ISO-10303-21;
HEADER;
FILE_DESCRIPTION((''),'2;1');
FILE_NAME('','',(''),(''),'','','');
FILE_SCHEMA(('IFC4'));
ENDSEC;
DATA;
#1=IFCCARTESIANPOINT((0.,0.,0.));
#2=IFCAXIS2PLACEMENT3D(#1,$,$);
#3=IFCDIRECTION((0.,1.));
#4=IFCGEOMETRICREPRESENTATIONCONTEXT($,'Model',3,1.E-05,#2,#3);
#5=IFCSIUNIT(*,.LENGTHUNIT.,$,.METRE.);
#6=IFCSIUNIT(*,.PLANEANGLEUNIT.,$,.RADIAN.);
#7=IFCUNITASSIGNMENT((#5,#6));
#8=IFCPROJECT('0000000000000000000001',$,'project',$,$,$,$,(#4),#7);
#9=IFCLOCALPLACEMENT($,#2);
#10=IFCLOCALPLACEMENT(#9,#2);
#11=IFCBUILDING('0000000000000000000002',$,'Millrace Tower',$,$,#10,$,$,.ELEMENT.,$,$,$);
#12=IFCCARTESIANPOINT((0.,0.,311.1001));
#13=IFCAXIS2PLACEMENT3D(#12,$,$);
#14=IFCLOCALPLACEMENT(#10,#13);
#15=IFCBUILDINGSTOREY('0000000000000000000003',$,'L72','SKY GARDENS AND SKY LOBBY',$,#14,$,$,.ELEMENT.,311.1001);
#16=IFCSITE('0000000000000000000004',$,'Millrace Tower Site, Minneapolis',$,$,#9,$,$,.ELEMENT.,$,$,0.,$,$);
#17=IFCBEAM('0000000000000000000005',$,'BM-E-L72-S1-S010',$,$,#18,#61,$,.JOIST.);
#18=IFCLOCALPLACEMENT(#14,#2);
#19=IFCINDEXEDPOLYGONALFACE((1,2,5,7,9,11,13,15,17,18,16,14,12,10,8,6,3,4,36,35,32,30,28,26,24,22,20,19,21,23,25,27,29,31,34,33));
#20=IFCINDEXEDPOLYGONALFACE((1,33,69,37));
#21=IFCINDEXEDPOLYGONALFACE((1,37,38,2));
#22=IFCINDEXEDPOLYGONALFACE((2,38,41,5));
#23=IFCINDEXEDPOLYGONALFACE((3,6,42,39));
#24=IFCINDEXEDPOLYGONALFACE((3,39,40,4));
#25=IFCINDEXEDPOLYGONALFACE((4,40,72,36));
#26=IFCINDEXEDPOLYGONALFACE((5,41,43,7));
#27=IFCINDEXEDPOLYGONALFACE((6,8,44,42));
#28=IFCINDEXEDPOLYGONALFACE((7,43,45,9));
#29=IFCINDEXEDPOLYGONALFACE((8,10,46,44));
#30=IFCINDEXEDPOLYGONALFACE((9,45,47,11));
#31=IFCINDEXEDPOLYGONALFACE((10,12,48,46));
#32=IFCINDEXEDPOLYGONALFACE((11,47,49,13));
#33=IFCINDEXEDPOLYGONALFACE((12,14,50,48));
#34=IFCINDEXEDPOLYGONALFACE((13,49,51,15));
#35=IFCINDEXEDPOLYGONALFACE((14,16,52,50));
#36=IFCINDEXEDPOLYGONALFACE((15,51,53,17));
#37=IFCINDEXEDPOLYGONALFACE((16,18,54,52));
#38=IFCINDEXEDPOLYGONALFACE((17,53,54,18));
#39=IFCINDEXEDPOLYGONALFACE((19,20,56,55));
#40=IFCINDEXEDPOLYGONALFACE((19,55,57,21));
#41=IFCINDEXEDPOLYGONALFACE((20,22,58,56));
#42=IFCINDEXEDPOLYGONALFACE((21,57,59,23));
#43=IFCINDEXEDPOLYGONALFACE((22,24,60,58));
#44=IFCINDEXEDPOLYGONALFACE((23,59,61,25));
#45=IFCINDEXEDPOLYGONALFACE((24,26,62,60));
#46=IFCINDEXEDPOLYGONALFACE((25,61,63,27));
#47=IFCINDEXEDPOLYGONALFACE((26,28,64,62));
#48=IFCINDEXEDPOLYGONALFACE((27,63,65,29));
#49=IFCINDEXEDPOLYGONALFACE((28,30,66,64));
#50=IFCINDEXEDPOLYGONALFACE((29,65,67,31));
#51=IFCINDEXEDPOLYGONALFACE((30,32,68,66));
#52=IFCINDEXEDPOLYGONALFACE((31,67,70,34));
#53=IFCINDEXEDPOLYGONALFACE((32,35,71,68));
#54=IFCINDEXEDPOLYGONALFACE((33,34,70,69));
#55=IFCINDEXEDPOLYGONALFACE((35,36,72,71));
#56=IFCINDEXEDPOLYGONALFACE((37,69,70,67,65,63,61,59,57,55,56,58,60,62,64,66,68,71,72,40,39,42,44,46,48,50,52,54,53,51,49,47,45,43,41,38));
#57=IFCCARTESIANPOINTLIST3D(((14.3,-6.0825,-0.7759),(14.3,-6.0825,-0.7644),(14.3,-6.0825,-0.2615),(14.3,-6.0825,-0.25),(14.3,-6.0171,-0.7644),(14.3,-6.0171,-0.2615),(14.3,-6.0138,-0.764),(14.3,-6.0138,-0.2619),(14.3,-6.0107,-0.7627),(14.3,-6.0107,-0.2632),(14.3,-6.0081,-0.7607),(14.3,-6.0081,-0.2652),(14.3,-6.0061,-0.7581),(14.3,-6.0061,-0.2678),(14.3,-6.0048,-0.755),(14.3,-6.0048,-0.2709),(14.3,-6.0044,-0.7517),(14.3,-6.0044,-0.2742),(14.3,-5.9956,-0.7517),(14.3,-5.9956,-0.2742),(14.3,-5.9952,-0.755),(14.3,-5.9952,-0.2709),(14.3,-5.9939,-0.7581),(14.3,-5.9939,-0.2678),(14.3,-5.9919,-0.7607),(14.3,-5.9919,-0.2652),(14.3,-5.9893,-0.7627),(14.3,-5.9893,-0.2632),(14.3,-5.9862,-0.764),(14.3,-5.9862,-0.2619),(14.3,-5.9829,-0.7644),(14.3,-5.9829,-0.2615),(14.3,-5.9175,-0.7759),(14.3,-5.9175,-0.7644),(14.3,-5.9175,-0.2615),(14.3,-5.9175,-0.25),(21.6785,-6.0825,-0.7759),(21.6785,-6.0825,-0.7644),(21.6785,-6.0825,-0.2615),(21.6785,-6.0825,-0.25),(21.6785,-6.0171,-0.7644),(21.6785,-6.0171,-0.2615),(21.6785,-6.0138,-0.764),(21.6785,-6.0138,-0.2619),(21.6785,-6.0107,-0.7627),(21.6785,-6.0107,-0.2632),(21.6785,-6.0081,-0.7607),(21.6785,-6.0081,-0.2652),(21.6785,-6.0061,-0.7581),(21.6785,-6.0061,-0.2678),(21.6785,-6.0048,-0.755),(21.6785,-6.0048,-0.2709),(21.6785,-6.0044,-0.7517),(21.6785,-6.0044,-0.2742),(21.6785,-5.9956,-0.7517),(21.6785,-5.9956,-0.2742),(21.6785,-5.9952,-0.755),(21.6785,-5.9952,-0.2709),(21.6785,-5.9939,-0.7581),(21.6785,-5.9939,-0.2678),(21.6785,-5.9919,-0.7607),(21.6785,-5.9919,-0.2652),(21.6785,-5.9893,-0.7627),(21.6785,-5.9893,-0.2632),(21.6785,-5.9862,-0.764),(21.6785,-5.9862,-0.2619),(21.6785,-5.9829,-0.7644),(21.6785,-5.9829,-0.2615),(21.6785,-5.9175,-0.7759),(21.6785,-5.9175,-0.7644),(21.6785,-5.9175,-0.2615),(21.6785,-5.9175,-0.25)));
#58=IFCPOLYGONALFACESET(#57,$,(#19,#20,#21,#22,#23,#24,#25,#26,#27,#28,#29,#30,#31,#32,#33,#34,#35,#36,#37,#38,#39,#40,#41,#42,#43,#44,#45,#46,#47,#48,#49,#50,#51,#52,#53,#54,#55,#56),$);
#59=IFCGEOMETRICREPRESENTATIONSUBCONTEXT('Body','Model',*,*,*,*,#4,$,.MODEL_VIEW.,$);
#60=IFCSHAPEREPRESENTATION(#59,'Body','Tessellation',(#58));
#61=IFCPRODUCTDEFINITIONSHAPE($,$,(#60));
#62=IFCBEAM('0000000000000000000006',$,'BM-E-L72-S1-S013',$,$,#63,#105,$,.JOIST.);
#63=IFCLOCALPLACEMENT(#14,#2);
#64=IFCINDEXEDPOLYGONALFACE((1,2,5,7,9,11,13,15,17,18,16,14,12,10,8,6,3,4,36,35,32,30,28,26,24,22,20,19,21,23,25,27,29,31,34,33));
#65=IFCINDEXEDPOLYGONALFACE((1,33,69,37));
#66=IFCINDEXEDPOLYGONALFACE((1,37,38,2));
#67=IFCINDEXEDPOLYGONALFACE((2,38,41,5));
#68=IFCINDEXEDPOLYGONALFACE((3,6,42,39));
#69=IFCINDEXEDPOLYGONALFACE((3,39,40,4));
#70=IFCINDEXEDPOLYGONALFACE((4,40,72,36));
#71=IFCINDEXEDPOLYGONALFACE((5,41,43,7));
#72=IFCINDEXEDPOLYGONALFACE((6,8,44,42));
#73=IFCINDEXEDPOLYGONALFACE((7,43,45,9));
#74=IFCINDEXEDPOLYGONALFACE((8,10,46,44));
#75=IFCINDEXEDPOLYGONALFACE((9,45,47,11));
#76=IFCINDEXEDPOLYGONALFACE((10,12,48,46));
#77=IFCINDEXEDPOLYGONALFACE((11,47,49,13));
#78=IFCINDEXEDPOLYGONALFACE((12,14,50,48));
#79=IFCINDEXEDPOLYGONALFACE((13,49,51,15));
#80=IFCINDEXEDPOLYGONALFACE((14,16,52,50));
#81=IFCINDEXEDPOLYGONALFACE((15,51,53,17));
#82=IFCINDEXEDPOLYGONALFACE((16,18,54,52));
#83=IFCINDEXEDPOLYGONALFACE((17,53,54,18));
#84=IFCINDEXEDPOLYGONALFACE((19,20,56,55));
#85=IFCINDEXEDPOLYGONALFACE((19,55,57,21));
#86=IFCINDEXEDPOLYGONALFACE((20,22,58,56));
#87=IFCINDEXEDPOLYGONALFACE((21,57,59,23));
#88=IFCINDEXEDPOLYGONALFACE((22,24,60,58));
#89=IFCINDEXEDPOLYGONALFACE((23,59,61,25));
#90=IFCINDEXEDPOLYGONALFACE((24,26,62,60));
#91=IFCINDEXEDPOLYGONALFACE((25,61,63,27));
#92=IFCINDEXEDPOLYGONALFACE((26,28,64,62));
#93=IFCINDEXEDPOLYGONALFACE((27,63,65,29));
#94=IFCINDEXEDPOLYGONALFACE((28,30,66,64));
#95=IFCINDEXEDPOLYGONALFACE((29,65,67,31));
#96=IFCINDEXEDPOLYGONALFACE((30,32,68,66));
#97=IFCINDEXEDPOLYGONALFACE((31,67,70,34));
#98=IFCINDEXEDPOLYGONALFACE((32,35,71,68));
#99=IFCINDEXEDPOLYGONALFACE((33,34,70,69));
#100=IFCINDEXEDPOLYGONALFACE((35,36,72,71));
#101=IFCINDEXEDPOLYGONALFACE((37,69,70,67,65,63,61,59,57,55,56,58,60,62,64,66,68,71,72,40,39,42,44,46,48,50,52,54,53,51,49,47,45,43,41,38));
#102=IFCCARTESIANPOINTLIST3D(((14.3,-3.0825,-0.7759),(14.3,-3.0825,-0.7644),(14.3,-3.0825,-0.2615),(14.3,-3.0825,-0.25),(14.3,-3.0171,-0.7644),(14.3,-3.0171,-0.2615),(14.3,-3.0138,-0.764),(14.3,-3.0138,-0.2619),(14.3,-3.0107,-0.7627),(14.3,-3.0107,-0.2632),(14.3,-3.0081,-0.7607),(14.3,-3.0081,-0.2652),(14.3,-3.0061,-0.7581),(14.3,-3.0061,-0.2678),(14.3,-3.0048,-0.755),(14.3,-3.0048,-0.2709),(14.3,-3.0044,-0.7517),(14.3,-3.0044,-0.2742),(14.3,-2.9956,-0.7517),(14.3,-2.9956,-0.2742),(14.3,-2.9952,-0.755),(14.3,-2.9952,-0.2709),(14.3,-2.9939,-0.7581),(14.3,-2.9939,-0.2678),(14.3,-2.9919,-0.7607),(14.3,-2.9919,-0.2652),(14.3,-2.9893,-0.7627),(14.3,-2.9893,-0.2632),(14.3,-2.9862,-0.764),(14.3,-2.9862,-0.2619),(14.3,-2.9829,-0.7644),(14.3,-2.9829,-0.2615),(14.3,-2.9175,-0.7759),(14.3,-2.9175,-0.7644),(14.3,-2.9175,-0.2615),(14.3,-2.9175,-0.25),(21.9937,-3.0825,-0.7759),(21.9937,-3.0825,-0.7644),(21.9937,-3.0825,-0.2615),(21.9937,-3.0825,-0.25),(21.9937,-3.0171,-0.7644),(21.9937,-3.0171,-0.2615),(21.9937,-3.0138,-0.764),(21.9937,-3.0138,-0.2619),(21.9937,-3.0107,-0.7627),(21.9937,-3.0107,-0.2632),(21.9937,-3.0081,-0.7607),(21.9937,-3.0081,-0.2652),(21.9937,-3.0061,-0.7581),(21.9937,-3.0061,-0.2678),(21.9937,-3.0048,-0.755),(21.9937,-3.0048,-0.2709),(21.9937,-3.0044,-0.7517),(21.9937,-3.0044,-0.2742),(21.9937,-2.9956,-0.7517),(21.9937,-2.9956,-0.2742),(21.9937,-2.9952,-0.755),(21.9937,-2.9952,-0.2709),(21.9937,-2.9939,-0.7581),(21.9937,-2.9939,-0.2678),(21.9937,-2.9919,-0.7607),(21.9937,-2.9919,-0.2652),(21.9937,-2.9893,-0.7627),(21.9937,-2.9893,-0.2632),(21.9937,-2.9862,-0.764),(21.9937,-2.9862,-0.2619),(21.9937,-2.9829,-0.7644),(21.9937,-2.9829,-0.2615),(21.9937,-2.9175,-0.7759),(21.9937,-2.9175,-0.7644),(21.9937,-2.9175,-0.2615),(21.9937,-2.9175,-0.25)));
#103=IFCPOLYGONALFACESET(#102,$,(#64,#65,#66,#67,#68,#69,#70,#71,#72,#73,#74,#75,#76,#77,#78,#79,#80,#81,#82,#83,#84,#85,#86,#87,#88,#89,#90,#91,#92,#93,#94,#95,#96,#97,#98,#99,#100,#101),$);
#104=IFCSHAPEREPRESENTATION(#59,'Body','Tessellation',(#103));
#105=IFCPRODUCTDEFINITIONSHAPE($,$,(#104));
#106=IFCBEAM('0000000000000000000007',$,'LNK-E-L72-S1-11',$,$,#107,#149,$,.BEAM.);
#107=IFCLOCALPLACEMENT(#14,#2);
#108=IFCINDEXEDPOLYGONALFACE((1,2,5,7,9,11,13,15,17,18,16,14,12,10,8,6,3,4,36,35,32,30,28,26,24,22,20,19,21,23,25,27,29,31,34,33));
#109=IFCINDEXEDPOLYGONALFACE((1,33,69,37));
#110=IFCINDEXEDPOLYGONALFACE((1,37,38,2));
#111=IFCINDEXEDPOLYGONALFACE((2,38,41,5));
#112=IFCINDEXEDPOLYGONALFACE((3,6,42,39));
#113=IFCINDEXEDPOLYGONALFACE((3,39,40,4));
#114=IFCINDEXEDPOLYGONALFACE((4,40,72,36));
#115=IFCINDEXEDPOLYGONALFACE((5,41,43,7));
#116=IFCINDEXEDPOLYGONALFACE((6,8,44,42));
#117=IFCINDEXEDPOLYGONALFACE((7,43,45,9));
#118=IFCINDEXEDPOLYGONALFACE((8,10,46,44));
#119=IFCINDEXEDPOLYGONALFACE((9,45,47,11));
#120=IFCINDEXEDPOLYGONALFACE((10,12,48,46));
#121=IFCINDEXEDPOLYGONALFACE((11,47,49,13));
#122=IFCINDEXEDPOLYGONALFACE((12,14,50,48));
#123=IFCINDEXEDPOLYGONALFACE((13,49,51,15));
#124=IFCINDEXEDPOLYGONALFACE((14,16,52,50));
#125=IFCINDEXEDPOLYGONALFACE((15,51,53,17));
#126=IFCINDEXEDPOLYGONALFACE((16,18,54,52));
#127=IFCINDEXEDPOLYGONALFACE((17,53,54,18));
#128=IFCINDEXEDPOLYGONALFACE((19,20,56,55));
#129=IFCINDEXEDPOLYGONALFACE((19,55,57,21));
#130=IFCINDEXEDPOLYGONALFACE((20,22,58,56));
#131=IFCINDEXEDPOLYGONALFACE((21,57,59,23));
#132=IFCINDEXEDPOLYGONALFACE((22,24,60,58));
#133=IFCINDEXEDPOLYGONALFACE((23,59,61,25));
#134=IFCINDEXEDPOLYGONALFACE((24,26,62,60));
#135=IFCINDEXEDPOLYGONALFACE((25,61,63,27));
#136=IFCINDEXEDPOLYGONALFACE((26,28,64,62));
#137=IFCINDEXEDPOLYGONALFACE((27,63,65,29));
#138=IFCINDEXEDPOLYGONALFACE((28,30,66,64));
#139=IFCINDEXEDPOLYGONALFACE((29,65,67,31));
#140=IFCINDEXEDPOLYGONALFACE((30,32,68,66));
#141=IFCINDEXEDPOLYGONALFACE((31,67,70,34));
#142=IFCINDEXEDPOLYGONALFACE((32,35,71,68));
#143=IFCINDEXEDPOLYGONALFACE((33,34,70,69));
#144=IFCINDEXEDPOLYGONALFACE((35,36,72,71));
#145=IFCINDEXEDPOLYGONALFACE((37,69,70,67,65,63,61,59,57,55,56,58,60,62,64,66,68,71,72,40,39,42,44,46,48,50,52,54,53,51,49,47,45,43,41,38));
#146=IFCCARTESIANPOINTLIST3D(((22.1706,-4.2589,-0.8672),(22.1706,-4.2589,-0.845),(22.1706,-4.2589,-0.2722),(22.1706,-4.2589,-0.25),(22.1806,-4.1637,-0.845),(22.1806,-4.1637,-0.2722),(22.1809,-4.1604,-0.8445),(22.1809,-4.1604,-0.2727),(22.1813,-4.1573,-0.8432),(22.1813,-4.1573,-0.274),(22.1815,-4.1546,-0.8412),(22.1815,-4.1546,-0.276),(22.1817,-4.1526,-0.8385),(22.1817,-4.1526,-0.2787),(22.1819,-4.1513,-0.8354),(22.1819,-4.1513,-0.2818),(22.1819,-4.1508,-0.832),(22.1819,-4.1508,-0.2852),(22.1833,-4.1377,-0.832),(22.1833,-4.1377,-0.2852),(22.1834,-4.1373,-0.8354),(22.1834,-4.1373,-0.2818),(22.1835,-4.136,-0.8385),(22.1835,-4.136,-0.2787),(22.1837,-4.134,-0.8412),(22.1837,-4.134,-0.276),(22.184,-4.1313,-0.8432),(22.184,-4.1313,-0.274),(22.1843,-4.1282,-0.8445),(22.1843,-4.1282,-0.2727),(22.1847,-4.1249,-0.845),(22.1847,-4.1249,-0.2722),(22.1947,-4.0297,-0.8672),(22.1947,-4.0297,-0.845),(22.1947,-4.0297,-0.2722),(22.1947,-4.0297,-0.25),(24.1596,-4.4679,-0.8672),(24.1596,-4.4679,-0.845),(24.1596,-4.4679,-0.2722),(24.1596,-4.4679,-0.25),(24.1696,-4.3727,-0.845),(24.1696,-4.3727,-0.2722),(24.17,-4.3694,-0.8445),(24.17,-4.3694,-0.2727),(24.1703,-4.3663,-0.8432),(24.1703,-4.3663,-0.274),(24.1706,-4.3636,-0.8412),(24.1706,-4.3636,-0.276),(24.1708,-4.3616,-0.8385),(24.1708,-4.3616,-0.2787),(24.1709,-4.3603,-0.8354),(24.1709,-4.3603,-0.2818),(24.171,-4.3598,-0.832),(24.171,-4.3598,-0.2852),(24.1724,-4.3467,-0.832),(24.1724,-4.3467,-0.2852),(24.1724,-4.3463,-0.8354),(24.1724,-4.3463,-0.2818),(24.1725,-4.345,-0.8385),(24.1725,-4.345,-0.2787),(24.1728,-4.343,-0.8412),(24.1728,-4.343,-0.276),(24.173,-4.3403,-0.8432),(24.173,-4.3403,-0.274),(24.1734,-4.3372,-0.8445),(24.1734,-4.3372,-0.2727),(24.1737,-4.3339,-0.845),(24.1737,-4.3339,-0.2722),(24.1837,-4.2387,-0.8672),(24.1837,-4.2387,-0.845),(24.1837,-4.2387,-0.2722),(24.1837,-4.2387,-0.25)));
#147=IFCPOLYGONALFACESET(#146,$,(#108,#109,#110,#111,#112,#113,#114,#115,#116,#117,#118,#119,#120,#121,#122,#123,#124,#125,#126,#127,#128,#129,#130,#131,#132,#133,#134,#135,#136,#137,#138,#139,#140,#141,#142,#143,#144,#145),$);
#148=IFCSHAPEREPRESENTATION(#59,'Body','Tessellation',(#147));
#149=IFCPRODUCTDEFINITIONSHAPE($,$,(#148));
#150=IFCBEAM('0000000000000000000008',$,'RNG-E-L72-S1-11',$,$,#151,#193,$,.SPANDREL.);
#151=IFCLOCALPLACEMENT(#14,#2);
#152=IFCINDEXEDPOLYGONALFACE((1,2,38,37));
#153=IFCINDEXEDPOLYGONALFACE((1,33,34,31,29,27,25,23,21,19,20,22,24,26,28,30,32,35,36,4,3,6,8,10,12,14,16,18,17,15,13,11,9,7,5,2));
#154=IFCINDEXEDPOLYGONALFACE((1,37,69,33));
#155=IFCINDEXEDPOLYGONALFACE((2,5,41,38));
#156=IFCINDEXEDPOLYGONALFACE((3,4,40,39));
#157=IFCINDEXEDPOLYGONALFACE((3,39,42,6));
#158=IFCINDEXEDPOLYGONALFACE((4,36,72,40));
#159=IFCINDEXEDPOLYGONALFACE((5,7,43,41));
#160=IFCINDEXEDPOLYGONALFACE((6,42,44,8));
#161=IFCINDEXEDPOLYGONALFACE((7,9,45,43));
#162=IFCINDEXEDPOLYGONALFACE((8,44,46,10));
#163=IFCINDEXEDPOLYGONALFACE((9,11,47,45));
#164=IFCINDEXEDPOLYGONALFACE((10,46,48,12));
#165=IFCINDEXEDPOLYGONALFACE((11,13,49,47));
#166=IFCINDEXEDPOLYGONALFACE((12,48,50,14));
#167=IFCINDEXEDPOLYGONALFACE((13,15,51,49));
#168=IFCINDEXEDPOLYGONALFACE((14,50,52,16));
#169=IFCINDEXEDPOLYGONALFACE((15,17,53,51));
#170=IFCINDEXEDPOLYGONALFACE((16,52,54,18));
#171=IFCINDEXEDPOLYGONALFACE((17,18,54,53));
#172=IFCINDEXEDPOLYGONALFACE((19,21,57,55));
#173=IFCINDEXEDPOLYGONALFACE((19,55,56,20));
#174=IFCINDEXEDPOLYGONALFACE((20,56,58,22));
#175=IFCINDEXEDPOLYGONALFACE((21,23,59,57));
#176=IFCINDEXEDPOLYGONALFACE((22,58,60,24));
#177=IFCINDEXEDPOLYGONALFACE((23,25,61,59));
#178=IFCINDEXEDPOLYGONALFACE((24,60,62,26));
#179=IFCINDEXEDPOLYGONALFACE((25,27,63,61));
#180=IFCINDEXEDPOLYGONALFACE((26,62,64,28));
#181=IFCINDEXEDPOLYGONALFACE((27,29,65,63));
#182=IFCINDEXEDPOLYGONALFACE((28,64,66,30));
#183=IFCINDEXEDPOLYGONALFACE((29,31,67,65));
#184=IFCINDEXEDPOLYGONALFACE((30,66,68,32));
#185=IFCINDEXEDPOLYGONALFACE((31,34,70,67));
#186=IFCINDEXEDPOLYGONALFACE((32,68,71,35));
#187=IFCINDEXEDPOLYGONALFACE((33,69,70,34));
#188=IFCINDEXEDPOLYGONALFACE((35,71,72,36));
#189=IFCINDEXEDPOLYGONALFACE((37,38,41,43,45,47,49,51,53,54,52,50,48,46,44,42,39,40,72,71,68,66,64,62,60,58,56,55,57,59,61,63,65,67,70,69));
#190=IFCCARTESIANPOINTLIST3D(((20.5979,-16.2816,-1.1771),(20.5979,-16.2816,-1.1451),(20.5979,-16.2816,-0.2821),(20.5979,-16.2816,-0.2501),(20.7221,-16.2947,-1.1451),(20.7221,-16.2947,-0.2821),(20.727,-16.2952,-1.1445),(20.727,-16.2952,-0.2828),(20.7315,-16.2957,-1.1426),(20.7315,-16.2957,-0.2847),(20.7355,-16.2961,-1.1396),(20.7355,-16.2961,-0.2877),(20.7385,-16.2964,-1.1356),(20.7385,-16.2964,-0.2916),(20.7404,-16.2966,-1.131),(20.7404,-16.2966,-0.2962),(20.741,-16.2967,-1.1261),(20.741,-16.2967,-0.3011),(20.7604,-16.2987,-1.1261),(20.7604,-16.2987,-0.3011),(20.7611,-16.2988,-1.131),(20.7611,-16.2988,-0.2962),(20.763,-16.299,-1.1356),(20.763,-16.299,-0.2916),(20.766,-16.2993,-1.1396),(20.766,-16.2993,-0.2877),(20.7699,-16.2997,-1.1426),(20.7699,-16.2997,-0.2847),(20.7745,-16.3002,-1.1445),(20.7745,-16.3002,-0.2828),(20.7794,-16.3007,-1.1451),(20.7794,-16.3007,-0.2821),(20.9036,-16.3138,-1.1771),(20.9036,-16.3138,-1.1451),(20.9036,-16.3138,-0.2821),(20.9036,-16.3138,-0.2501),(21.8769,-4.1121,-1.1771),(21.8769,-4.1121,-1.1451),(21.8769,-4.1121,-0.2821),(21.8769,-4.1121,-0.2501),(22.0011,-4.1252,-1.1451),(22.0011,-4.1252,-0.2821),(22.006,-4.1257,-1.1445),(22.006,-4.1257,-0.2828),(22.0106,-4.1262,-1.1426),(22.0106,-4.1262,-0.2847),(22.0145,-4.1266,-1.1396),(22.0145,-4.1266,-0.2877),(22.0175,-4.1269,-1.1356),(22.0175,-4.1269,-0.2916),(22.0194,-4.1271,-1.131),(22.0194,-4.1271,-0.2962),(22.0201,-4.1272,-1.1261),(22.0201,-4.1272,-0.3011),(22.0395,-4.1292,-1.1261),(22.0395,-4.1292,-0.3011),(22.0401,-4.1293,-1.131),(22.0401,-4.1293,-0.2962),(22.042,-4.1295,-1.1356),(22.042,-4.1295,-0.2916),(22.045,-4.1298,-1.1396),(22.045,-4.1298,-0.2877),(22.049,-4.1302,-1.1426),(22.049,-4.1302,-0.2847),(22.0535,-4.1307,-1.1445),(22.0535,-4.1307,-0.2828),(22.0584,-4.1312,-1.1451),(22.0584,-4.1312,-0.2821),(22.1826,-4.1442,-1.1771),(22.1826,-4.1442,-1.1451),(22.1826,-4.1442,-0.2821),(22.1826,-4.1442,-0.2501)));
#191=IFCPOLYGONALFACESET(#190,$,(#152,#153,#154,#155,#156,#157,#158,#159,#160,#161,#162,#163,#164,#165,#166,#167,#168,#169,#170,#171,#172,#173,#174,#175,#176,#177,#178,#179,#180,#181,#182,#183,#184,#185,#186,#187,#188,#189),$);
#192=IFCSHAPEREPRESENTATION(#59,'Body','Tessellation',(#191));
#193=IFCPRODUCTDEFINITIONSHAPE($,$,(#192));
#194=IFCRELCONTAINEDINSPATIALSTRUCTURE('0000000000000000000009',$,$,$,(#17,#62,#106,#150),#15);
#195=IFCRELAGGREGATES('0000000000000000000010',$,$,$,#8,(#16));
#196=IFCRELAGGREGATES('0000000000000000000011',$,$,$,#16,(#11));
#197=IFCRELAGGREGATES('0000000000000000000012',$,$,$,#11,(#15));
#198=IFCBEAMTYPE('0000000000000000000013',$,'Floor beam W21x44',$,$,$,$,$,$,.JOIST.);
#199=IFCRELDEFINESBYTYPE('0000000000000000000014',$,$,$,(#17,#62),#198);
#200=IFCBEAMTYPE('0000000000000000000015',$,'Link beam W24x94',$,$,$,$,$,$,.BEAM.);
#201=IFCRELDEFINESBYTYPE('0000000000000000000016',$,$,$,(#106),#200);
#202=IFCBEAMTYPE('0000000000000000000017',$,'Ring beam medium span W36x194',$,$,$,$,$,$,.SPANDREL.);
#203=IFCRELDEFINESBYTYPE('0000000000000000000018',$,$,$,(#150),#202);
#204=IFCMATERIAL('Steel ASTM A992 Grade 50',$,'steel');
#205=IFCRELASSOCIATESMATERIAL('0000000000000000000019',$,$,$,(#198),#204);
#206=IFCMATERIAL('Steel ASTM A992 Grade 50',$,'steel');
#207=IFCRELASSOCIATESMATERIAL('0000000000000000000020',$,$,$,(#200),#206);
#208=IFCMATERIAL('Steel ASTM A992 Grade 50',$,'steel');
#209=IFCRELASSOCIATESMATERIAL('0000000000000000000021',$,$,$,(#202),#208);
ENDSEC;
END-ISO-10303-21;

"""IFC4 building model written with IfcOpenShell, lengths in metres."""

from ifc_helpers import new_model, si_unit, direction, frame, origin, origin_2d, place, context, subcontext, project, spatial, i_section, extrude, material, material_profile, profile_set, type_object, element, save


model = new_model("IFC4")

# Units and contexts
model_context = context("Model", 3, precision=1e-05, world=origin(), true_north=direction((0.0, 1.0)))
body_context = subcontext(model_context, "Body", "Model", "MODEL_VIEW")
ifc_project = project(units=[si_unit("LENGTHUNIT", "METRE"), si_unit("PLANEANGLEUNIT", "RADIAN")], contexts=[model_context])

# Site, building, storey
site_placement = place(None, origin())
site = spatial("IfcSite", under=ifc_project, at=site_placement, Name="Millrace Tower Site, Minneapolis", CompositionType="ELEMENT", RefElevation=0.0)
building_placement = place(site_placement, origin())
building = spatial("IfcBuilding", under=site, at=building_placement, Name="Millrace Tower", CompositionType="ELEMENT")
storey_placement = place(building_placement, frame((0.0, 0.0, 311.1001)))
storey = spatial("IfcBuildingStorey", under=building, at=storey_placement, Name="L72", Description="SKY GARDENS AND SKY LOBBY", CompositionType="ELEMENT", Elevation=311.1001)

# Beams
ifc_material_1 = material(Name="Steel ASTM A992 Grade 50", Category="steel")
ifc_material_profile_1 = material_profile(ifc_material_1, i_section(OverallWidth=0.165, OverallDepth=0.5259, WebThickness=0.0088, FlangeThickness=0.0115, FilletRadius=0.0127, at=origin_2d()))
ifc_profile_set_1 = profile_set([ifc_material_profile_1], Name="Steel ASTM A992 Grade 50")
beam_type_1 = type_object("IfcBeamType", Name="Floor beam W21x44", PredefinedType="JOIST", material=ifc_profile_set_1)
beam_1_placement = place(storey_placement, frame((14.3, -6.0, -0.5129), z_axis=(1.0, 0.0, 0.0), x_axis=(0.0, 1.0, 0.0)))
element("IfcBeam", 1, at=beam_1_placement, inside=storey, type_object=beam_type_1, Name="BM-E-L72-S1-S010", PredefinedType="JOIST", context=body_context, shape_type="SweptSolid", body=[
    extrude(i_section(OverallWidth=0.165, OverallDepth=0.5259, WebThickness=0.0088, FlangeThickness=0.0115, FilletRadius=0.0127, at=origin_2d()), origin(), (0.0, 0.0, 1.0), 7.3784),
])
beam_2_placement = place(storey_placement, frame((14.3, -3.0, -0.5129), z_axis=(1.0, 0.0, 0.0), x_axis=(0.0, 1.0, 0.0)))
element("IfcBeam", 2, at=beam_2_placement, inside=storey, type_object=beam_type_1, Name="BM-E-L72-S1-S013", PredefinedType="JOIST", context=body_context, shape_type="SweptSolid", body=[
    extrude(i_section(OverallWidth=0.165, OverallDepth=0.5259, WebThickness=0.0088, FlangeThickness=0.0115, FilletRadius=0.0127, at=origin_2d()), origin(), (0.0, 0.0, 1.0), 7.6936),
])
ifc_material_2 = material(Name="Steel ASTM A992 Grade 50", Category="steel")
ifc_material_profile_2 = material_profile(ifc_material_2, i_section(OverallWidth=0.2305, OverallDepth=0.6172, WebThickness=0.0132, FlangeThickness=0.0222, FilletRadius=0.0129, at=origin_2d()))
ifc_profile_set_2 = profile_set([ifc_material_profile_2], Name="Steel ASTM A992 Grade 50")
beam_type_2 = type_object("IfcBeamType", Name="Link beam W24x94", PredefinedType="BEAM", material=ifc_profile_set_2)
beam_3_placement = place(storey_placement, frame((22.1826, -4.1443, -0.5586), z_axis=(0.994526, -0.104494, 0.0), x_axis=(0.104494, 0.994526, 0.0)))
element("IfcBeam", 3, at=beam_3_placement, inside=storey, type_object=beam_type_2, Name="LNK-E-L72-S1-11", PredefinedType="BEAM", context=body_context, shape_type="SweptSolid", body=[
    extrude(i_section(OverallWidth=0.2305, OverallDepth=0.6172, WebThickness=0.0132, FlangeThickness=0.0222, FilletRadius=0.0129, at=origin_2d()), origin(), (0.0, 0.0, 1.0), 2.0),
])
ifc_material_3 = material(Name="Steel ASTM A992 Grade 50", Category="steel")
ifc_material_profile_3 = material_profile(ifc_material_3, i_section(OverallWidth=0.3074, OverallDepth=0.927, WebThickness=0.0195, FlangeThickness=0.032, FilletRadius=0.019, at=origin_2d()))
ifc_profile_set_3 = profile_set([ifc_material_profile_3], Name="Steel ASTM A992 Grade 50")
beam_type_3 = type_object("IfcBeamType", Name="Ring beam medium span W36x194", PredefinedType="SPANDREL", material=ifc_profile_set_3)
beam_4_placement = place(storey_placement, frame((22.0298, -4.1282, -0.7136), z_axis=(-0.104528, -0.994522, 0.0), x_axis=(0.994522, -0.104528, 0.0)))
element("IfcBeam", 4, at=beam_4_placement, inside=storey, type_object=beam_type_3, Name="RNG-E-L72-S1-11", PredefinedType="SPANDREL", context=body_context, shape_type="SweptSolid", body=[
    extrude(i_section(OverallWidth=0.3074, OverallDepth=0.927, WebThickness=0.0195, FlangeThickness=0.032, FilletRadius=0.019, at=origin_2d()), origin(), (0.0, 0.0, 1.0), 12.2366),
])

save(model, "model.ifc")
